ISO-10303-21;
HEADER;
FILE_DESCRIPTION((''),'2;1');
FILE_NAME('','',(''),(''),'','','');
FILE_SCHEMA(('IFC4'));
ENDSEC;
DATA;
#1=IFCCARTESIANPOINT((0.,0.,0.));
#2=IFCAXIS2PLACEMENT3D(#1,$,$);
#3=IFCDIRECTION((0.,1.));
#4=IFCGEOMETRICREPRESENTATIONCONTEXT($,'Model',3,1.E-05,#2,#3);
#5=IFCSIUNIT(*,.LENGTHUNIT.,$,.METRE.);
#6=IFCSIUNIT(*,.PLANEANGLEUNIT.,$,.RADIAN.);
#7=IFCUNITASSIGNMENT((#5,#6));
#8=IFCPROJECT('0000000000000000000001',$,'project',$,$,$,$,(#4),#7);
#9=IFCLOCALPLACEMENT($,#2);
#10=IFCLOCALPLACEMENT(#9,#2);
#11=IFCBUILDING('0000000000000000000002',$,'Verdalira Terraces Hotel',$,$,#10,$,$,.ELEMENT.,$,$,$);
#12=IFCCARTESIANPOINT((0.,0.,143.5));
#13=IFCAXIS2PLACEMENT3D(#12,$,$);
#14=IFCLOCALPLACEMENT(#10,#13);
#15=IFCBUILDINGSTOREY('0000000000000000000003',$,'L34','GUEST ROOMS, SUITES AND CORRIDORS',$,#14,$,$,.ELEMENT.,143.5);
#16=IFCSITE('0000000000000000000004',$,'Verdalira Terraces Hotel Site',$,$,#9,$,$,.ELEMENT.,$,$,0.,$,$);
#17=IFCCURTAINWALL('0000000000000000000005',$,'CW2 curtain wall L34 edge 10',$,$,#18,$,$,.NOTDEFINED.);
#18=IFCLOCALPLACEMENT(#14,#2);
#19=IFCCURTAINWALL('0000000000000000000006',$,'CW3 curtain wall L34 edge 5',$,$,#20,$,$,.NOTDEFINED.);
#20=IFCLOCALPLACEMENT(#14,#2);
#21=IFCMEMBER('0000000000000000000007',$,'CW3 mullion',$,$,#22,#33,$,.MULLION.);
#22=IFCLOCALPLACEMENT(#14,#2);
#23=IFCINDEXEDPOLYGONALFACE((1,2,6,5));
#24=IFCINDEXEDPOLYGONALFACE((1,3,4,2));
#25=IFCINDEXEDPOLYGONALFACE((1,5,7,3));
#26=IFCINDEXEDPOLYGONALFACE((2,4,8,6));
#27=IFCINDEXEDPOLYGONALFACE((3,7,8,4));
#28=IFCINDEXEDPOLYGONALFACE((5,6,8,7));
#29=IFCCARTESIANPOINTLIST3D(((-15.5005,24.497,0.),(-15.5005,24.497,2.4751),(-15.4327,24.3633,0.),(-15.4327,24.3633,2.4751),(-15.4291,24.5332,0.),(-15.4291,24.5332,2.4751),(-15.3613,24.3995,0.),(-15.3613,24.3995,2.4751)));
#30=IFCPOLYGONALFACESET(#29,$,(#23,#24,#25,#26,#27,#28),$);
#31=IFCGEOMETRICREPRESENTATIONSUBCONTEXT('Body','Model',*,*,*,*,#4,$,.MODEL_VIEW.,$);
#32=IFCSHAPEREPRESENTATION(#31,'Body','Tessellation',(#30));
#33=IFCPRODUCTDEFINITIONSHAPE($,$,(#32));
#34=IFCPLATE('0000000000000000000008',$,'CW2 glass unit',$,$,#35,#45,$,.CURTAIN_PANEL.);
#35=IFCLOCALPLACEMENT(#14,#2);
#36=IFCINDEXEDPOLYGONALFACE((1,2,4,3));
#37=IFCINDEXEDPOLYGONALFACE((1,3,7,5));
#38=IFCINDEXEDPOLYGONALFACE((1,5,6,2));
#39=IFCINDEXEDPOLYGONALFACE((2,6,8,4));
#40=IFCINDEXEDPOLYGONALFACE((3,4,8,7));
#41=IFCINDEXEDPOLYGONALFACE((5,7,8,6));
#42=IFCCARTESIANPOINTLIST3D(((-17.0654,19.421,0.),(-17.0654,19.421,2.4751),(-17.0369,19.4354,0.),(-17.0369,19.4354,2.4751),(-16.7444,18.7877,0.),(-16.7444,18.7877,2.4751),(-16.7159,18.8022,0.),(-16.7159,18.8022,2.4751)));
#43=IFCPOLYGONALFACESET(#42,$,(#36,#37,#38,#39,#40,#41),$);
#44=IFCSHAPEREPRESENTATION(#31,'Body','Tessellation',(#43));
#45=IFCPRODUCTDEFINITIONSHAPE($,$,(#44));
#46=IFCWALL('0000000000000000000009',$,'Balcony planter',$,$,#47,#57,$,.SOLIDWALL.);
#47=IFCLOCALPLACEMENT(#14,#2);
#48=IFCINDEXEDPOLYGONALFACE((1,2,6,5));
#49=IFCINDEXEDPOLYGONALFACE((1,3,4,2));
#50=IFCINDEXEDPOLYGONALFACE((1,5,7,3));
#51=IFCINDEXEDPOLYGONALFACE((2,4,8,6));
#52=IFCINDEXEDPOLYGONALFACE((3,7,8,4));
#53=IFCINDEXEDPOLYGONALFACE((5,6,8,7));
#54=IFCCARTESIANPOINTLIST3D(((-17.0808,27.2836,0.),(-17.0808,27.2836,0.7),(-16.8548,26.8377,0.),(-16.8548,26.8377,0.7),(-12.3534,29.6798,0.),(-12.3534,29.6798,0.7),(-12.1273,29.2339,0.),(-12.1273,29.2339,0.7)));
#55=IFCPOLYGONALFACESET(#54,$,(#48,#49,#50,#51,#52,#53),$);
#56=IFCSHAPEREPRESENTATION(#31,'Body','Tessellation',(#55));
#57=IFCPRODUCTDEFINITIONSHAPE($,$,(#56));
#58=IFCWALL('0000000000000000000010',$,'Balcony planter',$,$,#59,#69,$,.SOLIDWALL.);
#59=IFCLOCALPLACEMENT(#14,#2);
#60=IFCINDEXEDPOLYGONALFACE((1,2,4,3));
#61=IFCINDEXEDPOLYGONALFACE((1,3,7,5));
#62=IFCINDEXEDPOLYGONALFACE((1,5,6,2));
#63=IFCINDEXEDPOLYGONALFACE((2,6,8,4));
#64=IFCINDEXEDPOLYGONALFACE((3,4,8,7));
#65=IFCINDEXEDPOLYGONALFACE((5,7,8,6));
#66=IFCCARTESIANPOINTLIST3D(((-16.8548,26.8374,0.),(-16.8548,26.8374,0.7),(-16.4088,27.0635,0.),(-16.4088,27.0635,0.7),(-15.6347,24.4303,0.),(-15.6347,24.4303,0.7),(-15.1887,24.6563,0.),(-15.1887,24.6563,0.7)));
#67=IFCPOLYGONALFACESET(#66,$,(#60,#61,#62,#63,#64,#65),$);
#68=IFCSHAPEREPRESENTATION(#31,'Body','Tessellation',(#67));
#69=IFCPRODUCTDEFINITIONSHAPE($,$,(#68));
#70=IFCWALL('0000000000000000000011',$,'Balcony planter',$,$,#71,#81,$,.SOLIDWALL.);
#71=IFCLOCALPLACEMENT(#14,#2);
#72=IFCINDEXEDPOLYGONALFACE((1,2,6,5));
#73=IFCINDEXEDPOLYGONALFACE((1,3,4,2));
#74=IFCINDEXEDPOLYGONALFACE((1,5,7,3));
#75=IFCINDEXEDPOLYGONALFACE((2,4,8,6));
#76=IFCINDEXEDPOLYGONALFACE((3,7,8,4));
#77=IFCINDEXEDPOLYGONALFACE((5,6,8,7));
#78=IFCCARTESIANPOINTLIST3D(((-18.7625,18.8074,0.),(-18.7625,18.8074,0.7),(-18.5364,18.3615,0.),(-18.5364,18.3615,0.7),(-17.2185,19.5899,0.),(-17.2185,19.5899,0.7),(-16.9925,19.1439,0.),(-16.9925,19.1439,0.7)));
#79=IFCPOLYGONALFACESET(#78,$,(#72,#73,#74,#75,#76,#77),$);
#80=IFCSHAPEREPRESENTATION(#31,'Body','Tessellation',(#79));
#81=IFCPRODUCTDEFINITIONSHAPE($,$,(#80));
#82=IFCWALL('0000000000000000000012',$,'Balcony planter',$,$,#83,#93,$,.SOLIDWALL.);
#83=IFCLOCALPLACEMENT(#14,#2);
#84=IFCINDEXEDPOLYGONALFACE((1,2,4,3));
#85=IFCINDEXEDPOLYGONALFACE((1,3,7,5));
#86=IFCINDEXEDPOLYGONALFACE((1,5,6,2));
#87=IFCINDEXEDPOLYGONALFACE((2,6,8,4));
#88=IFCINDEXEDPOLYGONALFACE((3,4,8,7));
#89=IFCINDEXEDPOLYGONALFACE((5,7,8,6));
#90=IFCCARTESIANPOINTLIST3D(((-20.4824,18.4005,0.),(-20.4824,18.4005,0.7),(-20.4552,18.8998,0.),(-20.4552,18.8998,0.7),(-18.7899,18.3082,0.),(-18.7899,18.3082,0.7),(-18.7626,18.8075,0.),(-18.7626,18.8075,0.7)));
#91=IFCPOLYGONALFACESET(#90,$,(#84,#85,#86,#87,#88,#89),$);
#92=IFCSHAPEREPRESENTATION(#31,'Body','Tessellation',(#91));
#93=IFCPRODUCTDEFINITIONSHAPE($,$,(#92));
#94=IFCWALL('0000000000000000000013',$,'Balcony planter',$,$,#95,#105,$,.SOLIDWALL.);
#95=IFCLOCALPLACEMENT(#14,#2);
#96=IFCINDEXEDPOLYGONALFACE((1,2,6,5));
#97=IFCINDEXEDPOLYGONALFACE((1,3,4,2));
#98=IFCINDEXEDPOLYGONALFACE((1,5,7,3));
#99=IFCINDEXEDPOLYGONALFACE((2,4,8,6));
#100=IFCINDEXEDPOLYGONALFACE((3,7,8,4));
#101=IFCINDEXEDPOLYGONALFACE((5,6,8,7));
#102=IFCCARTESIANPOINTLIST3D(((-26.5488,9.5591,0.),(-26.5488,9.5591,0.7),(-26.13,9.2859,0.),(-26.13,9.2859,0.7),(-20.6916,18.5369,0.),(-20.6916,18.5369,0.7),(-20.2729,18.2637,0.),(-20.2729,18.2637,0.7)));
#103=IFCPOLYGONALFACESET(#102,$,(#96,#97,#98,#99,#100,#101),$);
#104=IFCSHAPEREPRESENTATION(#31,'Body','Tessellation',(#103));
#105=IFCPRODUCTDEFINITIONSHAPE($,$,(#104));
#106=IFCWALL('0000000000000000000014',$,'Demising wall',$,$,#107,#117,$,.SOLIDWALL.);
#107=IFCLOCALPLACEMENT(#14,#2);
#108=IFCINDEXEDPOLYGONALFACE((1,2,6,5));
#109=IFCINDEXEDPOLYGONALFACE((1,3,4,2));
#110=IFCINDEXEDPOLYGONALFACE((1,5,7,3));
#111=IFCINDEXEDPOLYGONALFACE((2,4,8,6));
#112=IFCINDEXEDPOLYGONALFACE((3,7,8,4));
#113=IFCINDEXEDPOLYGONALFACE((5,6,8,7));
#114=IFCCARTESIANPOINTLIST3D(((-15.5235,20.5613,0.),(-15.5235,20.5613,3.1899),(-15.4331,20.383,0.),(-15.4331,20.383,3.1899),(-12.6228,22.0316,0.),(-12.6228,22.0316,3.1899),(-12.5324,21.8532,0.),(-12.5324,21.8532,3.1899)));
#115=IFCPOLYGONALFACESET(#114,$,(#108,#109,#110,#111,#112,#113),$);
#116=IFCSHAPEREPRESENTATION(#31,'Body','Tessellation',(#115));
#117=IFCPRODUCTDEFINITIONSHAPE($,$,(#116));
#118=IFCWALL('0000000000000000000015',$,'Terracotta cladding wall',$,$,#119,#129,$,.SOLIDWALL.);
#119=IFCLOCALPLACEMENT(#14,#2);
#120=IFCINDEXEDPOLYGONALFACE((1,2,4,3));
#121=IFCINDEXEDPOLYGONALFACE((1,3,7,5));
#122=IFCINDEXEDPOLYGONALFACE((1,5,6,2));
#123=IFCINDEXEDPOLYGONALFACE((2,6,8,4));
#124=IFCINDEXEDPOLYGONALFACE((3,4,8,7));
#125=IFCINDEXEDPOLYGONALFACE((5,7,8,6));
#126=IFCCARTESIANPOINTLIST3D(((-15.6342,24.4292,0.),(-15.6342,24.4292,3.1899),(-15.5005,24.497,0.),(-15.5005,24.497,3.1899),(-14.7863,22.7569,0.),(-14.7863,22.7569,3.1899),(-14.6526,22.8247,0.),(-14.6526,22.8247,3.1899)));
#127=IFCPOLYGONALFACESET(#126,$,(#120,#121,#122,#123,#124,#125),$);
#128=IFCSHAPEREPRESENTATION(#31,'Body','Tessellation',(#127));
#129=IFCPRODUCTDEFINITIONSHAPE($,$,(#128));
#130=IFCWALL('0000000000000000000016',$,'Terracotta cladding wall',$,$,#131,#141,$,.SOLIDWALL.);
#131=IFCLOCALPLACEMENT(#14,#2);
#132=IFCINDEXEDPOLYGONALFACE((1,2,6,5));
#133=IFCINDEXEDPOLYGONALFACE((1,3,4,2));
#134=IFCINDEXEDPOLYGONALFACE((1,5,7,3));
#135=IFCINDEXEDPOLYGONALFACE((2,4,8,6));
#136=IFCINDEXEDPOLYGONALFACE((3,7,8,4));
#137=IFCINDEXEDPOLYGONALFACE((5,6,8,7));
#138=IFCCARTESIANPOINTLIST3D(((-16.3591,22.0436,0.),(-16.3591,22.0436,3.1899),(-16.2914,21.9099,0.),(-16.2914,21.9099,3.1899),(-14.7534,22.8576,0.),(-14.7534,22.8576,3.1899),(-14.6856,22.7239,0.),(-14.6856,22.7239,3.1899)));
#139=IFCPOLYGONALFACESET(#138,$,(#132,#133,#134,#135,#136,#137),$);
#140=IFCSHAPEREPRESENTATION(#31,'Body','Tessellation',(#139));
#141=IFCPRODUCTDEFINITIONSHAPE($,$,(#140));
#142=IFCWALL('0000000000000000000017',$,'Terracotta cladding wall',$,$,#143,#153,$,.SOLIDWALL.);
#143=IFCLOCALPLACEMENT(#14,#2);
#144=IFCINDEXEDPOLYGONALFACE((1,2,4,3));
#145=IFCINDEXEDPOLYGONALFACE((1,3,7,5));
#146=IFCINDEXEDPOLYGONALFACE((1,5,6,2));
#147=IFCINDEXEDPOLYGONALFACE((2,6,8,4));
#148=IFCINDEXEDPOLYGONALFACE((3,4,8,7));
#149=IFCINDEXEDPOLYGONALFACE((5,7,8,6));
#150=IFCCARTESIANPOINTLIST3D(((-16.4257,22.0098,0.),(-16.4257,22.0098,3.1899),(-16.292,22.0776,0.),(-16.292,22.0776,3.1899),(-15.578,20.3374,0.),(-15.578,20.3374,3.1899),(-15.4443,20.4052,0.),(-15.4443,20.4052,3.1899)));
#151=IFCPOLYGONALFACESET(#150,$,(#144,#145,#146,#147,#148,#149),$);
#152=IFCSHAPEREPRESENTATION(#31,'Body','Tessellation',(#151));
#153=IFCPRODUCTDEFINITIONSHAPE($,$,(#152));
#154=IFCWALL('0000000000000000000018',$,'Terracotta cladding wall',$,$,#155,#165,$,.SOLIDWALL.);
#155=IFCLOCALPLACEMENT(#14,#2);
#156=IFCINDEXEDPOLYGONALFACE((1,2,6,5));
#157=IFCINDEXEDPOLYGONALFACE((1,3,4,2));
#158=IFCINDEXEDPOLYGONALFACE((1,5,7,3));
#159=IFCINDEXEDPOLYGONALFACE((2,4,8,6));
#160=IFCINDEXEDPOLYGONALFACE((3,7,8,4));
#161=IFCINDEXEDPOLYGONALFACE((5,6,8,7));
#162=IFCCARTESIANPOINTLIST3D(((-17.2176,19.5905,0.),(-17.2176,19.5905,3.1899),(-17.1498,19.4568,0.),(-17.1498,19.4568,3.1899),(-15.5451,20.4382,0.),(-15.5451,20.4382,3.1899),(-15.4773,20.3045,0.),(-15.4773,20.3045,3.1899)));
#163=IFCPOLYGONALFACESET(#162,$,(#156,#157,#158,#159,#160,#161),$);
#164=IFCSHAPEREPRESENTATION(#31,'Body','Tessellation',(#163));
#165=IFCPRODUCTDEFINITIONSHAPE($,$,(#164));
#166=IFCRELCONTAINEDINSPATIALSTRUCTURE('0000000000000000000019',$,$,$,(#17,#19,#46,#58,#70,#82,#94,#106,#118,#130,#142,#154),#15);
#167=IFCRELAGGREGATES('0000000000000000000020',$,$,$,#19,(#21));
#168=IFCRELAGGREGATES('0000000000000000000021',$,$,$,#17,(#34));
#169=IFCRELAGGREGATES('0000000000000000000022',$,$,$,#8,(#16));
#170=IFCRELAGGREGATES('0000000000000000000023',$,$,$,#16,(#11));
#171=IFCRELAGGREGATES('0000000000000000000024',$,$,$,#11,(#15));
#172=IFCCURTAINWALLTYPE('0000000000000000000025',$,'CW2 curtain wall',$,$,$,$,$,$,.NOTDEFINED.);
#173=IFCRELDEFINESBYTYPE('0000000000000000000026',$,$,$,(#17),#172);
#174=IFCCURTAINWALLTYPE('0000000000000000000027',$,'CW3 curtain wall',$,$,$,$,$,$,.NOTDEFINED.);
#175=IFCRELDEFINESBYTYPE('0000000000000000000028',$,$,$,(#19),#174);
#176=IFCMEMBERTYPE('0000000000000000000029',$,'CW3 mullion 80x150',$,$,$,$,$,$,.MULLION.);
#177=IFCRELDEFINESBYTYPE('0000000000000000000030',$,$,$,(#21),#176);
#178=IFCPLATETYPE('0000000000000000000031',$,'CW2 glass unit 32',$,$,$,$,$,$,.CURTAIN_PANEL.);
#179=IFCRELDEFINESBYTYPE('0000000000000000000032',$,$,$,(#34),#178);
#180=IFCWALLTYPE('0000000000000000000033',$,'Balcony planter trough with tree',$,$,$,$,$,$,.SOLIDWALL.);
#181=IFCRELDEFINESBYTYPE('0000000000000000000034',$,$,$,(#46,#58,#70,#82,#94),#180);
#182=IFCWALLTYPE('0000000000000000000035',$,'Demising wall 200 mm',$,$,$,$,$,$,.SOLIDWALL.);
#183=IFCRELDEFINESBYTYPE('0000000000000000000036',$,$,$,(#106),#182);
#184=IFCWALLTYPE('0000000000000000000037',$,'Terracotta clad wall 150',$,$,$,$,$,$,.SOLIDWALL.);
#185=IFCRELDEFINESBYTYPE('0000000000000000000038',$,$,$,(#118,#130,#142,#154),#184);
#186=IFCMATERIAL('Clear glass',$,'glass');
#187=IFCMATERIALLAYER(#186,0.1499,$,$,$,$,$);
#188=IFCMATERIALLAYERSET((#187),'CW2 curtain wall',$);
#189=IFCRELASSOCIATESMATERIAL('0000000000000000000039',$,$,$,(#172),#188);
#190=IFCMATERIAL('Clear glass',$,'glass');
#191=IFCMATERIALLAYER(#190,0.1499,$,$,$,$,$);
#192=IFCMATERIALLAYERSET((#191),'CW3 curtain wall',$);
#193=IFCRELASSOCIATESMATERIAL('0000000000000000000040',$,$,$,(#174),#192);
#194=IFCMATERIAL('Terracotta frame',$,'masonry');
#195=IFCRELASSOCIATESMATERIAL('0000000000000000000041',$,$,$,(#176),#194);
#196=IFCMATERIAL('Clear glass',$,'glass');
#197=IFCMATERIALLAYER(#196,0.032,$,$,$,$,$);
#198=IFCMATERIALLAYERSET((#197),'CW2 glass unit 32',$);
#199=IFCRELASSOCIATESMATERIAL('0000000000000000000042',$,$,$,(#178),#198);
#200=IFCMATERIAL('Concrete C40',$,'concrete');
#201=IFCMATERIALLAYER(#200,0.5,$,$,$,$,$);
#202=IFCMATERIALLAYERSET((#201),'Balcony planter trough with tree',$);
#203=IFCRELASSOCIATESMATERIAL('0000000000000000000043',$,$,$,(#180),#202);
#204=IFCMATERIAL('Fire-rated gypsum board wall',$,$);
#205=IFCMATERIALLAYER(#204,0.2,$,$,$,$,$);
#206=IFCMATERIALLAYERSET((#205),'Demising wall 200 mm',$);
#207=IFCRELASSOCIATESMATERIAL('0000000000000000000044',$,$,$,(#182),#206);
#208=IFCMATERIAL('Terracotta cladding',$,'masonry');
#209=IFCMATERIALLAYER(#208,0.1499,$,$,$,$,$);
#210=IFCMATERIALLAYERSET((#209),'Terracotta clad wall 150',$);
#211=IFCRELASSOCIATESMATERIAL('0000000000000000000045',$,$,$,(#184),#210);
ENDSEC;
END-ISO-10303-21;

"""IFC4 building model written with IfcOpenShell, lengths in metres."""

from ifc_helpers import new_model, si_unit, direction, frame, frame_2d, origin, origin_2d, place, context, subcontext, project, spatial, rectangle, extrude, material, layer, layer_set, material_profile, profile_set, type_object, element, aggregate, save


model = new_model("IFC4")

# Units and contexts
model_context = context("Model", 3, precision=1e-05, world=origin(), true_north=direction((0.0, 1.0)))
body_context = subcontext(model_context, "Body", "Model", "MODEL_VIEW")
ifc_project = project(units=[si_unit("LENGTHUNIT", "METRE"), si_unit("PLANEANGLEUNIT", "RADIAN")], contexts=[model_context])

# Site, building, storey
site_placement = place(None, origin())
site = spatial("IfcSite", under=ifc_project, at=site_placement, Name="Verdalira Terraces Hotel Site", CompositionType="ELEMENT", RefElevation=0.0)
building_placement = place(site_placement, origin())
building = spatial("IfcBuilding", under=site, at=building_placement, Name="Verdalira Terraces Hotel", CompositionType="ELEMENT")
storey_placement = place(building_placement, frame((0.0, 0.0, 143.5)))
storey = spatial("IfcBuildingStorey", under=building, at=storey_placement, Name="L34", Description="GUEST ROOMS, SUITES AND CORRIDORS", CompositionType="ELEMENT", Elevation=143.5)

# Curtain wall
ifc_material_1 = material(Name="Clear glass", Category="glass")
ifc_layer_1 = layer(ifc_material_1, 0.1499)
ifc_layer_set_1 = layer_set([ifc_layer_1], Name="CW2 curtain wall")
curtain_wall_type_1 = type_object("IfcCurtainWallType", Name="CW2 curtain wall", PredefinedType="NOTDEFINED", material=ifc_layer_set_1)
curtain_wall_1_placement = place(storey_placement, origin())
curtain_wall_1 = element("IfcCurtainWall", 1, at=curtain_wall_1_placement, inside=storey, type_object=curtain_wall_type_1, Name="CW2 curtain wall L34 edge 10", PredefinedType="NOTDEFINED")

# Curtain wall, member
ifc_material_2 = material(Name="Clear glass", Category="glass")
ifc_layer_2 = layer(ifc_material_2, 0.1499)
ifc_layer_set_2 = layer_set([ifc_layer_2], Name="CW3 curtain wall")
curtain_wall_type_2 = type_object("IfcCurtainWallType", Name="CW3 curtain wall", PredefinedType="NOTDEFINED", material=ifc_layer_set_2)
curtain_wall_2_placement = place(storey_placement, origin())
curtain_wall_2 = element("IfcCurtainWall", 2, at=curtain_wall_2_placement, inside=storey, type_object=curtain_wall_type_2, Name="CW3 curtain wall L34 edge 5", PredefinedType="NOTDEFINED")
ifc_material_3 = material(Name="Terracotta frame", Category="masonry")
ifc_material_profile_1 = material_profile(ifc_material_3, rectangle(XDim=0.0801, YDim=0.1499, at=origin_2d()), Name="MU 80x150")
ifc_profile_set_1 = profile_set([ifc_material_profile_1], Name="Terracotta frame")
member_type_1 = type_object("IfcMemberType", Name="CW3 mullion 80x150", PredefinedType="MULLION", material=ifc_profile_set_1)
member_1_placement = place(storey_placement, frame((-15.4309, 24.4482, 0.0), z_axis=(0.0, 0.0, 1.0), x_axis=(-0.891955, -0.452123, 0.0)))
member_1 = element("IfcMember", 3, at=member_1_placement, type_object=member_type_1, Name="CW3 mullion", PredefinedType="MULLION", context=body_context, shape_type="SweptSolid", body=[
    extrude(rectangle(XDim=0.0801, YDim=0.1499, at=origin_2d()), origin(), (0.0, 0.0, 1.0), 2.4751),
])
aggregate(curtain_wall_2, [member_1])

# Plate
ifc_material_4 = material(Name="Clear glass", Category="glass")
ifc_layer_3 = layer(ifc_material_4, 0.032)
ifc_layer_set_3 = layer_set([ifc_layer_3], Name="CW2 glass unit 32")
plate_type = type_object("IfcPlateType", Name="CW2 glass unit 32", PredefinedType="CURTAIN_PANEL", material=ifc_layer_set_3)
plate_placement = place(storey_placement, frame((-16.8906, 19.1116, 0.0), z_axis=(0.0, 0.0, 1.0), x_axis=(0.452123, -0.891955, 0.0)))
plate = element("IfcPlate", 4, at=plate_placement, type_object=plate_type, Name="CW2 glass unit", PredefinedType="CURTAIN_PANEL", context=body_context, shape_type="SweptSolid", body=[
    extrude(rectangle(XDim=0.71, YDim=0.032, at=origin_2d()), origin(), (0.0, 0.0, 1.0), 2.4751),
])
aggregate(curtain_wall_1, [plate])

# Walls
ifc_material_5 = material(Name="Concrete C40", Category="concrete")
ifc_layer_4 = layer(ifc_material_5, 0.5)
ifc_layer_set_4 = layer_set([ifc_layer_4], Name="Balcony planter trough with tree")
wall_type_1 = type_object("IfcWallType", Name="Balcony planter trough with tree", PredefinedType="SOLIDWALL", material=ifc_layer_set_4)
wall_1_placement = place(storey_placement, frame((-12.2405, 29.4568, 0.0), z_axis=(0.0, 0.0, 1.0), x_axis=(-0.891963, -0.452108, 0.0)))
element("IfcWall", 5, at=wall_1_placement, inside=storey, type_object=wall_type_1, Name="Balcony planter", PredefinedType="SOLIDWALL", context=body_context, shape_type="SweptSolid", body=[
    extrude(rectangle(XDim=5.3, YDim=0.5, at=frame_2d((2.6499, 0.0))), origin(), (0.0, 0.0, 1.0), 0.7),
])
wall_2_placement = place(storey_placement, frame((-16.6318, 26.9504, 0.0), z_axis=(0.0, 0.0, 1.0), x_axis=(0.452128, -0.891953, 0.0)))
element("IfcWall", 6, at=wall_2_placement, inside=storey, type_object=wall_type_1, Name="Balcony planter", PredefinedType="SOLIDWALL", context=body_context, shape_type="SweptSolid", body=[
    extrude(rectangle(XDim=2.6987, YDim=0.5, at=frame_2d((1.3494, 0.0))), origin(), (0.0, 0.0, 1.0), 0.7),
])
wall_3_placement = place(storey_placement, frame((-17.1055, 19.3669, 0.0), z_axis=(0.0, 0.0, 1.0), x_axis=(-0.891988, -0.452059, 0.0)))
element("IfcWall", 7, at=wall_3_placement, inside=storey, type_object=wall_type_1, Name="Balcony planter", PredefinedType="SOLIDWALL", context=body_context, shape_type="SweptSolid", body=[
    extrude(rectangle(XDim=1.731, YDim=0.5, at=frame_2d((0.8655, 0.0))), origin(), (0.0, 0.0, 1.0), 0.7),
])
wall_4_placement = place(storey_placement, frame((-18.7761, 18.5579, 0.0), z_axis=(0.0, 0.0, 1.0), x_axis=(-0.998517, 0.054441, 0.0)))
element("IfcWall", 8, at=wall_4_placement, inside=storey, type_object=wall_type_1, Name="Balcony planter", PredefinedType="SOLIDWALL", context=body_context, shape_type="SweptSolid", body=[
    extrude(rectangle(XDim=1.6951, YDim=0.5, at=frame_2d((0.8477, 0.0))), origin(), (0.0, 0.0, 1.0), 0.7),
])
wall_5_placement = place(storey_placement, frame((-20.4822, 18.4004, 0.0), z_axis=(0.0, 0.0, 1.0), x_axis=(-0.546405, -0.837521, 0.0)))
element("IfcWall", 9, at=wall_5_placement, inside=storey, type_object=wall_type_1, Name="Balcony planter", PredefinedType="SOLIDWALL", context=body_context, shape_type="SweptSolid", body=[
    extrude(rectangle(XDim=10.7195, YDim=0.5, at=frame_2d((5.3599, 0.0))), origin(), (0.0, 0.0, 1.0), 0.7),
])
ifc_material_6 = material(Name="Fire-rated gypsum board wall")
ifc_layer_5 = layer(ifc_material_6, 0.2)
ifc_layer_set_5 = layer_set([ifc_layer_5], Name="Demising wall 200 mm")
wall_type_2 = type_object("IfcWallType", Name="Demising wall 200 mm", PredefinedType="SOLIDWALL", material=ifc_layer_set_5)
wall_6_placement = place(storey_placement, frame((-12.5776, 21.9424, 0.0), z_axis=(0.0, 0.0, 1.0), x_axis=(-0.891966, -0.452102, 0.0)))
element("IfcWall", 10, at=wall_6_placement, inside=storey, type_object=wall_type_2, Name="Demising wall", PredefinedType="SOLIDWALL", context=body_context, shape_type="SweptSolid", body=[
    extrude(rectangle(XDim=3.252, YDim=0.2, at=frame_2d((1.626, 0.0))), origin(), (0.0, 0.0, 1.0), 3.1899),
])
ifc_material_7 = material(Name="Terracotta cladding", Category="masonry")
ifc_layer_6 = layer(ifc_material_7, 0.1499)
ifc_layer_set_6 = layer_set([ifc_layer_6], Name="Terracotta clad wall 150")
wall_type_3 = type_object("IfcWallType", Name="Terracotta clad wall 150", PredefinedType="SOLIDWALL", material=ifc_layer_set_6)
wall_7_placement = place(storey_placement, frame((-15.5674, 24.4631, 0.0), z_axis=(0.0, 0.0, 1.0), x_axis=(0.452207, -0.891913, 0.0)))
element("IfcWall", 11, at=wall_7_placement, inside=storey, type_object=wall_type_3, Name="Terracotta cladding wall", PredefinedType="SOLIDWALL", context=body_context, shape_type="SweptSolid", body=[
    extrude(rectangle(XDim=1.875, YDim=0.1499, at=frame_2d((0.9375, 0.0))), origin(), (0.0, 0.0, 1.0), 3.1899),
])
wall_8_placement = place(storey_placement, frame((-14.7195, 22.7908, 0.0), z_axis=(0.0, 0.0, 1.0), x_axis=(-0.891945, -0.452143, 0.0)))
element("IfcWall", 12, at=wall_8_placement, inside=storey, type_object=wall_type_3, Name="Terracotta cladding wall", PredefinedType="SOLIDWALL", context=body_context, shape_type="SweptSolid", body=[
    extrude(rectangle(XDim=1.8003, YDim=0.1499, at=frame_2d((0.9001, 0.0))), origin(), (0.0, 0.0, 1.0), 3.1899),
])
for number, where, z_axis, x_axis, name in (
    (13, (-16.3589, 22.0437, 0.0), (0.0, 0.0, 1.0), (0.452103, -0.891966, 0.0), "Terracotta cladding wall"),
    (14, (-15.5112, 20.3713, 0.0), (0.0, 0.0, 1.0), (-0.891966, -0.452103, 0.0), "Terracotta cladding wall"),
):
    element("IfcWall", number, at=place(storey_placement, frame(where, z_axis=z_axis, x_axis=x_axis)), inside=storey, type_object=wall_type_3, Name=name, PredefinedType="SOLIDWALL", context=body_context, shape_type="SweptSolid", body=[
        extrude(rectangle(XDim=1.875, YDim=0.1499, at=frame_2d((0.9375, 0.0))), origin(), (0.0, 0.0, 1.0), 3.1899),
    ])

save(model, "model.ifc")
